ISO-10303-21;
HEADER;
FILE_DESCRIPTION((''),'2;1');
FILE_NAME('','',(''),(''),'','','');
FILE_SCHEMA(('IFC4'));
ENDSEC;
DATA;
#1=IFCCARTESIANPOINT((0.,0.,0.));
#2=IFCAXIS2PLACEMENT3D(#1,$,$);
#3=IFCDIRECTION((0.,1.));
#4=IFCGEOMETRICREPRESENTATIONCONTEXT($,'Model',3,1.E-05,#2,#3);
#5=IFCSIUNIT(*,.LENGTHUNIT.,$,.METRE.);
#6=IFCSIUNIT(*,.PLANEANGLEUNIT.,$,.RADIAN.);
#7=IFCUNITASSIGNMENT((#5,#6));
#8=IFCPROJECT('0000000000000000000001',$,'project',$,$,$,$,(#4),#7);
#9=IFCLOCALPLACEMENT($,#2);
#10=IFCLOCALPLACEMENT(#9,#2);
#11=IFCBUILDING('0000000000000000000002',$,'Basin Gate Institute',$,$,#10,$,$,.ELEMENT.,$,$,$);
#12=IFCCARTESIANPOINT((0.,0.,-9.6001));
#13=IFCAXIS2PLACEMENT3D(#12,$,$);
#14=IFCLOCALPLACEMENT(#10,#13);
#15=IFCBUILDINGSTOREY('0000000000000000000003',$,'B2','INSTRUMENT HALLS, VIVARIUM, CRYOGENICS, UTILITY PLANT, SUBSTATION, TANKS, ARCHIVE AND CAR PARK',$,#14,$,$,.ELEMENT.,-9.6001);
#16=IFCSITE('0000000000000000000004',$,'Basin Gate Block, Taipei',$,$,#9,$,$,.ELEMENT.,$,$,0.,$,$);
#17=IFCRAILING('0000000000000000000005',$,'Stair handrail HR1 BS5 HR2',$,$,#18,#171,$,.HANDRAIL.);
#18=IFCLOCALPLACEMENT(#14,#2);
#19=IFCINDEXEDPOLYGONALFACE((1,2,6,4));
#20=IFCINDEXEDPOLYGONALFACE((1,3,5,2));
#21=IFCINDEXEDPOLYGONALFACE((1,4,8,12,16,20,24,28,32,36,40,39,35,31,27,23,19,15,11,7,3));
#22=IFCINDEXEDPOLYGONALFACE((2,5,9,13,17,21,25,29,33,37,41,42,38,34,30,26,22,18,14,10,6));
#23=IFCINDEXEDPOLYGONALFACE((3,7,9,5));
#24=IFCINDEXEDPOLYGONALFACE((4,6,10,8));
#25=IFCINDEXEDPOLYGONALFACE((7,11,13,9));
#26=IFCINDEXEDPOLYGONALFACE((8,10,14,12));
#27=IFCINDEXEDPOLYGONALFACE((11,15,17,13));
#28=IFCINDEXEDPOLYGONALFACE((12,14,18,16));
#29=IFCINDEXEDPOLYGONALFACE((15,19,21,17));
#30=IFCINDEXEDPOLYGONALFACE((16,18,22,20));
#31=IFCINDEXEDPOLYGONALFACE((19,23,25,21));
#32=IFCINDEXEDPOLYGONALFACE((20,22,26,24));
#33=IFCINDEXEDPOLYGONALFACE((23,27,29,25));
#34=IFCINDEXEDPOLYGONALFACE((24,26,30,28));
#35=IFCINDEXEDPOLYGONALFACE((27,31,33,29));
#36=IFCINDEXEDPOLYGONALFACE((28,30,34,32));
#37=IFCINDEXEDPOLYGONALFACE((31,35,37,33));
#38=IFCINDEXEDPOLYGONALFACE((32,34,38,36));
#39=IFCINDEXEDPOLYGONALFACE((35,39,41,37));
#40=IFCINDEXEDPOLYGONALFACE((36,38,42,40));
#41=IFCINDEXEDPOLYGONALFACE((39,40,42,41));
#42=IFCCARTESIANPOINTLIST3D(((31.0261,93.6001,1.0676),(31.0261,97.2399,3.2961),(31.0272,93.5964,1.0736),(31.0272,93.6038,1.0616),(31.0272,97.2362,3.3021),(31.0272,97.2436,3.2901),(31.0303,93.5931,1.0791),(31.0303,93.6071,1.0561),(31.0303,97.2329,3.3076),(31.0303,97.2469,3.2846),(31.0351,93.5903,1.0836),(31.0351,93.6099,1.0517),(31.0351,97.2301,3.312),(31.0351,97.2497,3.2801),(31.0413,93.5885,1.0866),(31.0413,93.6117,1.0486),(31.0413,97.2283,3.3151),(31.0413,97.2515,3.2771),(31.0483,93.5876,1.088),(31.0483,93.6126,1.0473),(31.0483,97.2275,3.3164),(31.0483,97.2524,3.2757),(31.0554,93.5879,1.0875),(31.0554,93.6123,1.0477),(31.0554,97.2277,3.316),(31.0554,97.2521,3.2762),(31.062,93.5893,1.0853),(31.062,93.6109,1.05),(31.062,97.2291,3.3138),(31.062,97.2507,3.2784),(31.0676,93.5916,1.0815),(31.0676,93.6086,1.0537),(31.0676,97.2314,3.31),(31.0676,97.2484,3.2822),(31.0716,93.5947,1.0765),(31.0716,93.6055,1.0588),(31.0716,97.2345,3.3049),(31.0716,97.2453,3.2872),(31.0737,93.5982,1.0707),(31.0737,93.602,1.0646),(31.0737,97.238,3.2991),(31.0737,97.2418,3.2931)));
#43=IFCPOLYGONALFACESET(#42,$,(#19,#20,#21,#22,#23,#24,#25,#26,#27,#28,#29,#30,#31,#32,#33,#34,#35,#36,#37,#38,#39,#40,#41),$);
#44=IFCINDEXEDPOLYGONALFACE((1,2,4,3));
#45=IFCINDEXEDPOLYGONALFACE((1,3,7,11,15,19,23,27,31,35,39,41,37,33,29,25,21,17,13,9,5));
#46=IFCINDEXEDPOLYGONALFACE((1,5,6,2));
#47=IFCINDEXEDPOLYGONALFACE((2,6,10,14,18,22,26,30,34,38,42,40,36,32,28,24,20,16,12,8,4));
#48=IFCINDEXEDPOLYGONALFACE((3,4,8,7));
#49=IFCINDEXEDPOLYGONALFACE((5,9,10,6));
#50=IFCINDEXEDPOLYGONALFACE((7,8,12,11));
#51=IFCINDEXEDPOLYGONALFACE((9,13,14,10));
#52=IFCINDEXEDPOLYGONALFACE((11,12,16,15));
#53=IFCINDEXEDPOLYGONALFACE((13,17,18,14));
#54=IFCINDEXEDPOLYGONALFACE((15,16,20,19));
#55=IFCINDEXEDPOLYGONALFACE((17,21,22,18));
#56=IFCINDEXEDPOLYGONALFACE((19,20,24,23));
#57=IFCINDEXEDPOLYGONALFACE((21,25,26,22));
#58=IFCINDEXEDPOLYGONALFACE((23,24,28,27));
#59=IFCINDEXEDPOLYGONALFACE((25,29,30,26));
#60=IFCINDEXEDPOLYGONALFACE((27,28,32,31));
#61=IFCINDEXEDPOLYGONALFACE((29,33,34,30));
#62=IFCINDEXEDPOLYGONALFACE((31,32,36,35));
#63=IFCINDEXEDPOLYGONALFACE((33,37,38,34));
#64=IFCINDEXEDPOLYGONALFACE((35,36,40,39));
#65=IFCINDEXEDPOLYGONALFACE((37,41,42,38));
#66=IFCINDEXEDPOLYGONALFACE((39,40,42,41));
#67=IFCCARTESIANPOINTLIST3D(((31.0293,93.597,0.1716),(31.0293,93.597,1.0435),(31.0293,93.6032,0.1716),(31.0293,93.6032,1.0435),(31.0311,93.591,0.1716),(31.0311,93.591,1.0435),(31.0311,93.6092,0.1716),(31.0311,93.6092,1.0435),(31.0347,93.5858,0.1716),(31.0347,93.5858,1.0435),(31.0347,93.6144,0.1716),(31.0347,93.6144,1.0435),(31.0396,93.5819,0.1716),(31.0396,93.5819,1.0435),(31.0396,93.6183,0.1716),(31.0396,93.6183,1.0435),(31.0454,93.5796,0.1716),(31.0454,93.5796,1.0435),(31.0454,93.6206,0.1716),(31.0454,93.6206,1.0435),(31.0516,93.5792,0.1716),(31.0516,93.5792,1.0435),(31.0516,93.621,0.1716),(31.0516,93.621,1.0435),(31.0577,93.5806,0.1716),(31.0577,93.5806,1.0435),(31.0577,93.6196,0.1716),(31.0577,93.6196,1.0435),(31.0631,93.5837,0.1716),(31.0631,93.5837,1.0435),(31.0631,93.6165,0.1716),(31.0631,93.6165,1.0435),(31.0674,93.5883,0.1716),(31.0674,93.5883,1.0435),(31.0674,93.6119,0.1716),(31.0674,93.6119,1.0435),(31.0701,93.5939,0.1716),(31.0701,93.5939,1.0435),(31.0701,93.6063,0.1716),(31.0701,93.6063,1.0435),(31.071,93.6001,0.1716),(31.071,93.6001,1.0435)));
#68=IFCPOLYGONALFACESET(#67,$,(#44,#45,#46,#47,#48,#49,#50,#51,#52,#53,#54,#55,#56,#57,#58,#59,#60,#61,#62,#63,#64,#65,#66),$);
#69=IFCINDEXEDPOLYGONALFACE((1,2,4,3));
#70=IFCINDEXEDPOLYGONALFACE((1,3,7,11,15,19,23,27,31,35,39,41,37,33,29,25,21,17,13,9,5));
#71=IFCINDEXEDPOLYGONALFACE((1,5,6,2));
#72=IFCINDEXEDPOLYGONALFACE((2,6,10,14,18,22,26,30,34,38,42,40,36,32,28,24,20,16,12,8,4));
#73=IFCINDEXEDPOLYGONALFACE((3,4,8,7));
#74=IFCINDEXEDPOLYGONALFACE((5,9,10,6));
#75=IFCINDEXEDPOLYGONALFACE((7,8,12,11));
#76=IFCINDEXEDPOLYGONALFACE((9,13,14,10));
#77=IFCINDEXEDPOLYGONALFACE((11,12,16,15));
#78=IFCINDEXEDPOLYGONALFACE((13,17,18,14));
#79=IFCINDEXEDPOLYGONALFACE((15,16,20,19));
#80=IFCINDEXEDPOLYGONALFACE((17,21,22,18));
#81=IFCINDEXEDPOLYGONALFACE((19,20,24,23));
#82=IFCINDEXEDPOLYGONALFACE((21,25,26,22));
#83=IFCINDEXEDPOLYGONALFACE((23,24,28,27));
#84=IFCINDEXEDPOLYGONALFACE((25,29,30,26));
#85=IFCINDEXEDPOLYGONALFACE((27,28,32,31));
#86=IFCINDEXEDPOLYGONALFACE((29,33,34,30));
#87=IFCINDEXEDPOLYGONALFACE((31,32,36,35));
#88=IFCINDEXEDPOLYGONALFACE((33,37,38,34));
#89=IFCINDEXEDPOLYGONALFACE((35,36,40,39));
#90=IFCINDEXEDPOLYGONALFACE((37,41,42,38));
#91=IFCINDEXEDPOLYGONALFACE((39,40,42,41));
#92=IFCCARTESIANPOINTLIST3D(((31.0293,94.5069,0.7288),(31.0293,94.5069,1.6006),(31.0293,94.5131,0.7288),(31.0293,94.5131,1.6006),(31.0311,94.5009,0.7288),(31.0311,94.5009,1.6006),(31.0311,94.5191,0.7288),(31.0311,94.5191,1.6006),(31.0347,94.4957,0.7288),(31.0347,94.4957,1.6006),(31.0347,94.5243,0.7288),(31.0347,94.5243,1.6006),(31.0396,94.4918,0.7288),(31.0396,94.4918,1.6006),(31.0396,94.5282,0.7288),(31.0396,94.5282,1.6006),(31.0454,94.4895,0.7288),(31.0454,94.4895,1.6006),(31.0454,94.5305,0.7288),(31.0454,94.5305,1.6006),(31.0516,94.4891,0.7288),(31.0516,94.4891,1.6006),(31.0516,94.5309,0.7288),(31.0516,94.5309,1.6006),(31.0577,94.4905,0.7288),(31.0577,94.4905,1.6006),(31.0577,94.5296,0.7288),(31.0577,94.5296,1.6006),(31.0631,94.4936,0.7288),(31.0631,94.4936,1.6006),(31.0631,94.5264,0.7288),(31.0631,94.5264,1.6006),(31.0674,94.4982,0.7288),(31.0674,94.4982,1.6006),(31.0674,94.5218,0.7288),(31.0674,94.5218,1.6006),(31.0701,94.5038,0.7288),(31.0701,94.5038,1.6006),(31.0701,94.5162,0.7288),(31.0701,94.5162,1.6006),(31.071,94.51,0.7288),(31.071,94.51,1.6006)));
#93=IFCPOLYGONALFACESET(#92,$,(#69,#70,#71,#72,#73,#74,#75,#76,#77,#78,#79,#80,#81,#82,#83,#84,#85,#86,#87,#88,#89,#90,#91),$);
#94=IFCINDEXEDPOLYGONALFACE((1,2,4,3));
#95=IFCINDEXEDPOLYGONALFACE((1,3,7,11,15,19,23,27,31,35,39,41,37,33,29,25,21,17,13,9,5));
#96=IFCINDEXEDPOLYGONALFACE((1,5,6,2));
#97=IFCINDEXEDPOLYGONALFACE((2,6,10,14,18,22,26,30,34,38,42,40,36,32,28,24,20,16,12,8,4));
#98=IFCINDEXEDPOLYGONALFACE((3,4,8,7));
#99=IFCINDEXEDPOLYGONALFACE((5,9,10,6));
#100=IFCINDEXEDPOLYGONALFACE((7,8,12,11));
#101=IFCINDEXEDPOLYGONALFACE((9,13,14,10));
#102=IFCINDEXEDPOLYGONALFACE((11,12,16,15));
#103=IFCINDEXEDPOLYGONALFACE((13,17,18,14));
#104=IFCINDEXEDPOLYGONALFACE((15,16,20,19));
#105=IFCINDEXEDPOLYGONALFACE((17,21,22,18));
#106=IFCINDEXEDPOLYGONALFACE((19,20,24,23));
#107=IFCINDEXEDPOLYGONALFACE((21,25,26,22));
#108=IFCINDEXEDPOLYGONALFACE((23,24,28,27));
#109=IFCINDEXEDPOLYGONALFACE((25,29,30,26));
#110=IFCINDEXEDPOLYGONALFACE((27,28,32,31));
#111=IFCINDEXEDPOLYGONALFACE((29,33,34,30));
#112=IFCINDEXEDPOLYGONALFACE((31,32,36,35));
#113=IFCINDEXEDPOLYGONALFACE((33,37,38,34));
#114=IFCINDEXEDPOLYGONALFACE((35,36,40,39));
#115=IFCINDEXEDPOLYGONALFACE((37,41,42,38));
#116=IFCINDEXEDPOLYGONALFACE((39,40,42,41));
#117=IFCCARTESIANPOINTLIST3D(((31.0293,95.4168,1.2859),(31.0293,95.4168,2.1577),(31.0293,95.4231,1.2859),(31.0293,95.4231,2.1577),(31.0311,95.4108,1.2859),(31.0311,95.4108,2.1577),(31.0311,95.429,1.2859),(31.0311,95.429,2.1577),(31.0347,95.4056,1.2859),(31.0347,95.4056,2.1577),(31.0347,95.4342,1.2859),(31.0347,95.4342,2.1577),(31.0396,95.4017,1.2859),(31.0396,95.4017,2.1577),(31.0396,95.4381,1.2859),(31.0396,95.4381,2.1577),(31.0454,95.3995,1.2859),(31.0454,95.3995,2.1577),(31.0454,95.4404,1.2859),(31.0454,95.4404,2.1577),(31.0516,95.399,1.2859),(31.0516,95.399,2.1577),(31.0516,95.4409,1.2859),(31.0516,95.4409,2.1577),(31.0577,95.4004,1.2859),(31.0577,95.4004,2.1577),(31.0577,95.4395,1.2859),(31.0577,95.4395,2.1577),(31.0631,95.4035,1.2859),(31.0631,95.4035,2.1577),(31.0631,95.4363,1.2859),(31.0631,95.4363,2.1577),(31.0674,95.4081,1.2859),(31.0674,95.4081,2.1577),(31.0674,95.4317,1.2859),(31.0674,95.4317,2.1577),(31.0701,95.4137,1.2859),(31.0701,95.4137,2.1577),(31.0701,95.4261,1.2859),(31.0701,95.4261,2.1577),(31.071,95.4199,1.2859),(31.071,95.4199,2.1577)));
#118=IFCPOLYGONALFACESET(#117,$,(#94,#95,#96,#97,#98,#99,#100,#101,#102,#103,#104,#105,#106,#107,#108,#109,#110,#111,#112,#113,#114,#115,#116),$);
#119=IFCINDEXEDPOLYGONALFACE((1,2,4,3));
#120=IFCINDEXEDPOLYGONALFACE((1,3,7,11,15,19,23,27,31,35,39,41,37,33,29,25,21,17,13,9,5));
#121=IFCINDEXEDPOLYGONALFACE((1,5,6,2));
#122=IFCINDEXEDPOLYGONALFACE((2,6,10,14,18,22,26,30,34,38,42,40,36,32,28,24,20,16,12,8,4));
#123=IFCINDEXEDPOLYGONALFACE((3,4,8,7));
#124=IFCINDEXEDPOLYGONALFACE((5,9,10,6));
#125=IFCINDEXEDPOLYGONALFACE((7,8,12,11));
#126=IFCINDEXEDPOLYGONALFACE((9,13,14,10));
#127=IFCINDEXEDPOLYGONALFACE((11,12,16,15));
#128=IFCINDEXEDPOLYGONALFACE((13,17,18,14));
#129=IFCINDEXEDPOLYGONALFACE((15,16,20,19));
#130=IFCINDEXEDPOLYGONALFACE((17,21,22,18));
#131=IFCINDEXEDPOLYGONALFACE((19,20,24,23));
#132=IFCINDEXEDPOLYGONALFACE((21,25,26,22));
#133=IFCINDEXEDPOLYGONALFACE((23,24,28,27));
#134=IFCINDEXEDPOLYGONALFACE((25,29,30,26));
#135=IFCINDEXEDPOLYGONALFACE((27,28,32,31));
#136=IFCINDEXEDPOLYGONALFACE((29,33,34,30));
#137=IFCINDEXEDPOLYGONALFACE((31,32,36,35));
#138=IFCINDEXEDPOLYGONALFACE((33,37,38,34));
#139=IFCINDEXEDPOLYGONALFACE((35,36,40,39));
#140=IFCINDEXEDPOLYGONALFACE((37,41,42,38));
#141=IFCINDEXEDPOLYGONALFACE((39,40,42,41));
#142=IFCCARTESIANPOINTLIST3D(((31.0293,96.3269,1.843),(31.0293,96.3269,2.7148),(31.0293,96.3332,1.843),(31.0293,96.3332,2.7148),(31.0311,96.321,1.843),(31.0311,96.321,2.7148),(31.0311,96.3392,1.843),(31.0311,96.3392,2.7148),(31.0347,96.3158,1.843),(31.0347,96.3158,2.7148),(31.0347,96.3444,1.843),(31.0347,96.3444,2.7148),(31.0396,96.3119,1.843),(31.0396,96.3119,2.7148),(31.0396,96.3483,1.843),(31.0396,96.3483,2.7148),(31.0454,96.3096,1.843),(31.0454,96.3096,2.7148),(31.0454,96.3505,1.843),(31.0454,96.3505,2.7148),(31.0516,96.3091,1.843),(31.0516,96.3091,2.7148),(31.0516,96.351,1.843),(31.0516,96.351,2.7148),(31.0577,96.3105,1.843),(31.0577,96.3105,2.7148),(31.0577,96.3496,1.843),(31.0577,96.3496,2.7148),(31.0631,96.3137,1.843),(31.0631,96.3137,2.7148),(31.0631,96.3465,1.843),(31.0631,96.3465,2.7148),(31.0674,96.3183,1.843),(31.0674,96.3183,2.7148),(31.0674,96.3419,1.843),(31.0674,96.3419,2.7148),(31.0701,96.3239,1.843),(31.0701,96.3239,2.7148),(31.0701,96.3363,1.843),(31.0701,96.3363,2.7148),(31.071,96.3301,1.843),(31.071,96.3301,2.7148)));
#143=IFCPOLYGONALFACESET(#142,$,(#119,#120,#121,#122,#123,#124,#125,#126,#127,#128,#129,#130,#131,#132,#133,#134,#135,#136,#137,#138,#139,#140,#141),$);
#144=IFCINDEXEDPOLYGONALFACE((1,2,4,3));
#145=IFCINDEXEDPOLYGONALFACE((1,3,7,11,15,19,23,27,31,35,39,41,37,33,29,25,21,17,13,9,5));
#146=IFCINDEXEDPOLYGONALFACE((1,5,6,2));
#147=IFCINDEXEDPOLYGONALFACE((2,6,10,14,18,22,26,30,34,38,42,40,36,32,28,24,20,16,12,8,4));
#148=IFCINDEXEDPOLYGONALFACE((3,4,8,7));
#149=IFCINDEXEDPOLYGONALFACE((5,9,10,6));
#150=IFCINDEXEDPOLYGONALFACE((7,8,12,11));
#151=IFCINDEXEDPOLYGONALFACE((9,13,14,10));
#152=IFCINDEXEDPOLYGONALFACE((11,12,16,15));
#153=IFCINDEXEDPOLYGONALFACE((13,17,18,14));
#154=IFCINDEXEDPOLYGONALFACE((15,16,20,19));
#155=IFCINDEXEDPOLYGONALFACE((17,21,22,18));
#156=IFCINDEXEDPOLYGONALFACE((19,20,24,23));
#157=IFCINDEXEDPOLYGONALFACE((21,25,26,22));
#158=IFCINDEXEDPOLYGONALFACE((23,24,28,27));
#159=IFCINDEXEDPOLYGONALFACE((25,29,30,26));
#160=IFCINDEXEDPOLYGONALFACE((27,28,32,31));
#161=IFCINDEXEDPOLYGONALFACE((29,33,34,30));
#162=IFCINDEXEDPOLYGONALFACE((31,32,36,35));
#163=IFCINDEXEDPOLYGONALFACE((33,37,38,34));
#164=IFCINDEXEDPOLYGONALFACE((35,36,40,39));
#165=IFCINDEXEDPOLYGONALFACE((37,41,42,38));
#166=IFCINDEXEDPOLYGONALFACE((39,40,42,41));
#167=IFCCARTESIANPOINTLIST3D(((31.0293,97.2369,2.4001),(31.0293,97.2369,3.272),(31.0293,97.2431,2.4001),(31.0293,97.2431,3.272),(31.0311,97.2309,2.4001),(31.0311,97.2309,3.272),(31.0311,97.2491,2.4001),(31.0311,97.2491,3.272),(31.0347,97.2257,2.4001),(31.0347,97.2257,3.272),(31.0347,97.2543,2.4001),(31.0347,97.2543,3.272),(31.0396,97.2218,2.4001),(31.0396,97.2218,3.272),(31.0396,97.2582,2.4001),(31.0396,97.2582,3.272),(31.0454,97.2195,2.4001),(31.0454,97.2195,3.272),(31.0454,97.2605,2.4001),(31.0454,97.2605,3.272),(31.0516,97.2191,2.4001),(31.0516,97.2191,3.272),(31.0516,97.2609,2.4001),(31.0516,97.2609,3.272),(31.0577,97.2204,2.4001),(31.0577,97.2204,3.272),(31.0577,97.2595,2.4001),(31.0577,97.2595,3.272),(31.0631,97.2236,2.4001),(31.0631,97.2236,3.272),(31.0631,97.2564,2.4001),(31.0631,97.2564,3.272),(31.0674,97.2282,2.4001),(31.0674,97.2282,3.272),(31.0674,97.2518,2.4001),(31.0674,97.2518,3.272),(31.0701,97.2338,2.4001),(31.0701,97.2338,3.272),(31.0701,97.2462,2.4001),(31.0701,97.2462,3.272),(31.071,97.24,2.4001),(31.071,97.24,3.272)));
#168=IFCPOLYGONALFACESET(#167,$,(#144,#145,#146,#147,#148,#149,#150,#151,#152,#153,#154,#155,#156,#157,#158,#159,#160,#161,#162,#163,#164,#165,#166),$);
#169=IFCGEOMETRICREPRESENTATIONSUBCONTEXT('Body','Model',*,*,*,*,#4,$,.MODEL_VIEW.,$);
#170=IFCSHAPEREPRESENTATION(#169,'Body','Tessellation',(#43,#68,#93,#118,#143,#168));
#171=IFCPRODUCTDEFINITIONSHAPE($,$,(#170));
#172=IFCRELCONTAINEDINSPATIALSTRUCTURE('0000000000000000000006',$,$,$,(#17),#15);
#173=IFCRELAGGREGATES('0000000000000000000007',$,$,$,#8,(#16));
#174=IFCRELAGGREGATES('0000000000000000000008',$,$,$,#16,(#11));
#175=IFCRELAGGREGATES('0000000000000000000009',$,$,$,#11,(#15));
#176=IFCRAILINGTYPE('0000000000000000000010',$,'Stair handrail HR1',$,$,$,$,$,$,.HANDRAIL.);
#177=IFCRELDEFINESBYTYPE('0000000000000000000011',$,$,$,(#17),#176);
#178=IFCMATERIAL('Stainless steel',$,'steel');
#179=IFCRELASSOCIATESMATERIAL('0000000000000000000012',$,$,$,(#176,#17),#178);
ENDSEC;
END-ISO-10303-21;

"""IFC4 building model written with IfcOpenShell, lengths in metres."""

from ifc_helpers import new_model, si_unit, direction, frame, origin, origin_2d, place, context, subcontext, project, spatial, circle, extrude, material, type_object, element, save


model = new_model("IFC4")

# Units and contexts
model_context = context("Model", 3, precision=1e-05, world=origin(), true_north=direction((0.0, 1.0)))
body_context = subcontext(model_context, "Body", "Model", "MODEL_VIEW")
ifc_project = project(units=[si_unit("LENGTHUNIT", "METRE"), si_unit("PLANEANGLEUNIT", "RADIAN")], contexts=[model_context])

# Site, building, storey
site_placement = place(None, origin())
site = spatial("IfcSite", under=ifc_project, at=site_placement, Name="Basin Gate Block, Taipei", CompositionType="ELEMENT", RefElevation=0.0)
building_placement = place(site_placement, origin())
building = spatial("IfcBuilding", under=site, at=building_placement, Name="Basin Gate Institute", CompositionType="ELEMENT")
storey_placement = place(building_placement, frame((0.0, 0.0, -9.6001)))
storey = spatial("IfcBuildingStorey", under=building, at=storey_placement, Name="B2", Description="INSTRUMENT HALLS, VIVARIUM, CRYOGENICS, UTILITY PLANT, SUBSTATION, TANKS, ARCHIVE AND CAR PARK", CompositionType="ELEMENT", Elevation=-9.6001)

# Railing
ifc_material_1 = material(Name="Stainless steel", Category="steel")
railing_type_1 = type_object("IfcRailingType", Name="Stair handrail HR1", PredefinedType="HANDRAIL", material=ifc_material_1)
for number, where, name in (
    (1, (31.05, 93.6001, 0.1716), "Stair handrail HR1 BS5 HR2"),
):
    element("IfcRailing", number, at=place(storey_placement, frame(where)), inside=storey, type_object=railing_type_1, material=ifc_material_1, Name=name, PredefinedType="HANDRAIL", context=body_context, shape_type="SweptSolid", body=[
        extrude(circle(Radius=0.0239, at=origin_2d()), frame((0.0, 0.0, 0.896), z_axis=(0.0, 0.85285, 0.522156), x_axis=(-1.0, 0.0, 0.0)), (0.0, 0.0, 1.0), 4.2678),
        extrude(circle(Radius=0.021, at=origin_2d()), origin(), (0.0, 0.0, 1.0), 0.8718),
        extrude(circle(Radius=0.021, at=origin_2d()), frame((0.0, 0.9099, 0.5571)), (0.0, 0.0, 1.0), 0.8718),
        extrude(circle(Radius=0.021, at=origin_2d()), frame((0.0, 1.8198, 1.1143)), (0.0, 0.0, 1.0), 0.8718),
        extrude(circle(Radius=0.021, at=origin_2d()), frame((0.0, 2.73, 1.6714)), (0.0, 0.0, 1.0), 0.8718),
        extrude(circle(Radius=0.021, at=origin_2d()), frame((0.0, 3.6399, 2.2285)), (0.0, 0.0, 1.0), 0.8718),
    ])

save(model, "model.ifc")
